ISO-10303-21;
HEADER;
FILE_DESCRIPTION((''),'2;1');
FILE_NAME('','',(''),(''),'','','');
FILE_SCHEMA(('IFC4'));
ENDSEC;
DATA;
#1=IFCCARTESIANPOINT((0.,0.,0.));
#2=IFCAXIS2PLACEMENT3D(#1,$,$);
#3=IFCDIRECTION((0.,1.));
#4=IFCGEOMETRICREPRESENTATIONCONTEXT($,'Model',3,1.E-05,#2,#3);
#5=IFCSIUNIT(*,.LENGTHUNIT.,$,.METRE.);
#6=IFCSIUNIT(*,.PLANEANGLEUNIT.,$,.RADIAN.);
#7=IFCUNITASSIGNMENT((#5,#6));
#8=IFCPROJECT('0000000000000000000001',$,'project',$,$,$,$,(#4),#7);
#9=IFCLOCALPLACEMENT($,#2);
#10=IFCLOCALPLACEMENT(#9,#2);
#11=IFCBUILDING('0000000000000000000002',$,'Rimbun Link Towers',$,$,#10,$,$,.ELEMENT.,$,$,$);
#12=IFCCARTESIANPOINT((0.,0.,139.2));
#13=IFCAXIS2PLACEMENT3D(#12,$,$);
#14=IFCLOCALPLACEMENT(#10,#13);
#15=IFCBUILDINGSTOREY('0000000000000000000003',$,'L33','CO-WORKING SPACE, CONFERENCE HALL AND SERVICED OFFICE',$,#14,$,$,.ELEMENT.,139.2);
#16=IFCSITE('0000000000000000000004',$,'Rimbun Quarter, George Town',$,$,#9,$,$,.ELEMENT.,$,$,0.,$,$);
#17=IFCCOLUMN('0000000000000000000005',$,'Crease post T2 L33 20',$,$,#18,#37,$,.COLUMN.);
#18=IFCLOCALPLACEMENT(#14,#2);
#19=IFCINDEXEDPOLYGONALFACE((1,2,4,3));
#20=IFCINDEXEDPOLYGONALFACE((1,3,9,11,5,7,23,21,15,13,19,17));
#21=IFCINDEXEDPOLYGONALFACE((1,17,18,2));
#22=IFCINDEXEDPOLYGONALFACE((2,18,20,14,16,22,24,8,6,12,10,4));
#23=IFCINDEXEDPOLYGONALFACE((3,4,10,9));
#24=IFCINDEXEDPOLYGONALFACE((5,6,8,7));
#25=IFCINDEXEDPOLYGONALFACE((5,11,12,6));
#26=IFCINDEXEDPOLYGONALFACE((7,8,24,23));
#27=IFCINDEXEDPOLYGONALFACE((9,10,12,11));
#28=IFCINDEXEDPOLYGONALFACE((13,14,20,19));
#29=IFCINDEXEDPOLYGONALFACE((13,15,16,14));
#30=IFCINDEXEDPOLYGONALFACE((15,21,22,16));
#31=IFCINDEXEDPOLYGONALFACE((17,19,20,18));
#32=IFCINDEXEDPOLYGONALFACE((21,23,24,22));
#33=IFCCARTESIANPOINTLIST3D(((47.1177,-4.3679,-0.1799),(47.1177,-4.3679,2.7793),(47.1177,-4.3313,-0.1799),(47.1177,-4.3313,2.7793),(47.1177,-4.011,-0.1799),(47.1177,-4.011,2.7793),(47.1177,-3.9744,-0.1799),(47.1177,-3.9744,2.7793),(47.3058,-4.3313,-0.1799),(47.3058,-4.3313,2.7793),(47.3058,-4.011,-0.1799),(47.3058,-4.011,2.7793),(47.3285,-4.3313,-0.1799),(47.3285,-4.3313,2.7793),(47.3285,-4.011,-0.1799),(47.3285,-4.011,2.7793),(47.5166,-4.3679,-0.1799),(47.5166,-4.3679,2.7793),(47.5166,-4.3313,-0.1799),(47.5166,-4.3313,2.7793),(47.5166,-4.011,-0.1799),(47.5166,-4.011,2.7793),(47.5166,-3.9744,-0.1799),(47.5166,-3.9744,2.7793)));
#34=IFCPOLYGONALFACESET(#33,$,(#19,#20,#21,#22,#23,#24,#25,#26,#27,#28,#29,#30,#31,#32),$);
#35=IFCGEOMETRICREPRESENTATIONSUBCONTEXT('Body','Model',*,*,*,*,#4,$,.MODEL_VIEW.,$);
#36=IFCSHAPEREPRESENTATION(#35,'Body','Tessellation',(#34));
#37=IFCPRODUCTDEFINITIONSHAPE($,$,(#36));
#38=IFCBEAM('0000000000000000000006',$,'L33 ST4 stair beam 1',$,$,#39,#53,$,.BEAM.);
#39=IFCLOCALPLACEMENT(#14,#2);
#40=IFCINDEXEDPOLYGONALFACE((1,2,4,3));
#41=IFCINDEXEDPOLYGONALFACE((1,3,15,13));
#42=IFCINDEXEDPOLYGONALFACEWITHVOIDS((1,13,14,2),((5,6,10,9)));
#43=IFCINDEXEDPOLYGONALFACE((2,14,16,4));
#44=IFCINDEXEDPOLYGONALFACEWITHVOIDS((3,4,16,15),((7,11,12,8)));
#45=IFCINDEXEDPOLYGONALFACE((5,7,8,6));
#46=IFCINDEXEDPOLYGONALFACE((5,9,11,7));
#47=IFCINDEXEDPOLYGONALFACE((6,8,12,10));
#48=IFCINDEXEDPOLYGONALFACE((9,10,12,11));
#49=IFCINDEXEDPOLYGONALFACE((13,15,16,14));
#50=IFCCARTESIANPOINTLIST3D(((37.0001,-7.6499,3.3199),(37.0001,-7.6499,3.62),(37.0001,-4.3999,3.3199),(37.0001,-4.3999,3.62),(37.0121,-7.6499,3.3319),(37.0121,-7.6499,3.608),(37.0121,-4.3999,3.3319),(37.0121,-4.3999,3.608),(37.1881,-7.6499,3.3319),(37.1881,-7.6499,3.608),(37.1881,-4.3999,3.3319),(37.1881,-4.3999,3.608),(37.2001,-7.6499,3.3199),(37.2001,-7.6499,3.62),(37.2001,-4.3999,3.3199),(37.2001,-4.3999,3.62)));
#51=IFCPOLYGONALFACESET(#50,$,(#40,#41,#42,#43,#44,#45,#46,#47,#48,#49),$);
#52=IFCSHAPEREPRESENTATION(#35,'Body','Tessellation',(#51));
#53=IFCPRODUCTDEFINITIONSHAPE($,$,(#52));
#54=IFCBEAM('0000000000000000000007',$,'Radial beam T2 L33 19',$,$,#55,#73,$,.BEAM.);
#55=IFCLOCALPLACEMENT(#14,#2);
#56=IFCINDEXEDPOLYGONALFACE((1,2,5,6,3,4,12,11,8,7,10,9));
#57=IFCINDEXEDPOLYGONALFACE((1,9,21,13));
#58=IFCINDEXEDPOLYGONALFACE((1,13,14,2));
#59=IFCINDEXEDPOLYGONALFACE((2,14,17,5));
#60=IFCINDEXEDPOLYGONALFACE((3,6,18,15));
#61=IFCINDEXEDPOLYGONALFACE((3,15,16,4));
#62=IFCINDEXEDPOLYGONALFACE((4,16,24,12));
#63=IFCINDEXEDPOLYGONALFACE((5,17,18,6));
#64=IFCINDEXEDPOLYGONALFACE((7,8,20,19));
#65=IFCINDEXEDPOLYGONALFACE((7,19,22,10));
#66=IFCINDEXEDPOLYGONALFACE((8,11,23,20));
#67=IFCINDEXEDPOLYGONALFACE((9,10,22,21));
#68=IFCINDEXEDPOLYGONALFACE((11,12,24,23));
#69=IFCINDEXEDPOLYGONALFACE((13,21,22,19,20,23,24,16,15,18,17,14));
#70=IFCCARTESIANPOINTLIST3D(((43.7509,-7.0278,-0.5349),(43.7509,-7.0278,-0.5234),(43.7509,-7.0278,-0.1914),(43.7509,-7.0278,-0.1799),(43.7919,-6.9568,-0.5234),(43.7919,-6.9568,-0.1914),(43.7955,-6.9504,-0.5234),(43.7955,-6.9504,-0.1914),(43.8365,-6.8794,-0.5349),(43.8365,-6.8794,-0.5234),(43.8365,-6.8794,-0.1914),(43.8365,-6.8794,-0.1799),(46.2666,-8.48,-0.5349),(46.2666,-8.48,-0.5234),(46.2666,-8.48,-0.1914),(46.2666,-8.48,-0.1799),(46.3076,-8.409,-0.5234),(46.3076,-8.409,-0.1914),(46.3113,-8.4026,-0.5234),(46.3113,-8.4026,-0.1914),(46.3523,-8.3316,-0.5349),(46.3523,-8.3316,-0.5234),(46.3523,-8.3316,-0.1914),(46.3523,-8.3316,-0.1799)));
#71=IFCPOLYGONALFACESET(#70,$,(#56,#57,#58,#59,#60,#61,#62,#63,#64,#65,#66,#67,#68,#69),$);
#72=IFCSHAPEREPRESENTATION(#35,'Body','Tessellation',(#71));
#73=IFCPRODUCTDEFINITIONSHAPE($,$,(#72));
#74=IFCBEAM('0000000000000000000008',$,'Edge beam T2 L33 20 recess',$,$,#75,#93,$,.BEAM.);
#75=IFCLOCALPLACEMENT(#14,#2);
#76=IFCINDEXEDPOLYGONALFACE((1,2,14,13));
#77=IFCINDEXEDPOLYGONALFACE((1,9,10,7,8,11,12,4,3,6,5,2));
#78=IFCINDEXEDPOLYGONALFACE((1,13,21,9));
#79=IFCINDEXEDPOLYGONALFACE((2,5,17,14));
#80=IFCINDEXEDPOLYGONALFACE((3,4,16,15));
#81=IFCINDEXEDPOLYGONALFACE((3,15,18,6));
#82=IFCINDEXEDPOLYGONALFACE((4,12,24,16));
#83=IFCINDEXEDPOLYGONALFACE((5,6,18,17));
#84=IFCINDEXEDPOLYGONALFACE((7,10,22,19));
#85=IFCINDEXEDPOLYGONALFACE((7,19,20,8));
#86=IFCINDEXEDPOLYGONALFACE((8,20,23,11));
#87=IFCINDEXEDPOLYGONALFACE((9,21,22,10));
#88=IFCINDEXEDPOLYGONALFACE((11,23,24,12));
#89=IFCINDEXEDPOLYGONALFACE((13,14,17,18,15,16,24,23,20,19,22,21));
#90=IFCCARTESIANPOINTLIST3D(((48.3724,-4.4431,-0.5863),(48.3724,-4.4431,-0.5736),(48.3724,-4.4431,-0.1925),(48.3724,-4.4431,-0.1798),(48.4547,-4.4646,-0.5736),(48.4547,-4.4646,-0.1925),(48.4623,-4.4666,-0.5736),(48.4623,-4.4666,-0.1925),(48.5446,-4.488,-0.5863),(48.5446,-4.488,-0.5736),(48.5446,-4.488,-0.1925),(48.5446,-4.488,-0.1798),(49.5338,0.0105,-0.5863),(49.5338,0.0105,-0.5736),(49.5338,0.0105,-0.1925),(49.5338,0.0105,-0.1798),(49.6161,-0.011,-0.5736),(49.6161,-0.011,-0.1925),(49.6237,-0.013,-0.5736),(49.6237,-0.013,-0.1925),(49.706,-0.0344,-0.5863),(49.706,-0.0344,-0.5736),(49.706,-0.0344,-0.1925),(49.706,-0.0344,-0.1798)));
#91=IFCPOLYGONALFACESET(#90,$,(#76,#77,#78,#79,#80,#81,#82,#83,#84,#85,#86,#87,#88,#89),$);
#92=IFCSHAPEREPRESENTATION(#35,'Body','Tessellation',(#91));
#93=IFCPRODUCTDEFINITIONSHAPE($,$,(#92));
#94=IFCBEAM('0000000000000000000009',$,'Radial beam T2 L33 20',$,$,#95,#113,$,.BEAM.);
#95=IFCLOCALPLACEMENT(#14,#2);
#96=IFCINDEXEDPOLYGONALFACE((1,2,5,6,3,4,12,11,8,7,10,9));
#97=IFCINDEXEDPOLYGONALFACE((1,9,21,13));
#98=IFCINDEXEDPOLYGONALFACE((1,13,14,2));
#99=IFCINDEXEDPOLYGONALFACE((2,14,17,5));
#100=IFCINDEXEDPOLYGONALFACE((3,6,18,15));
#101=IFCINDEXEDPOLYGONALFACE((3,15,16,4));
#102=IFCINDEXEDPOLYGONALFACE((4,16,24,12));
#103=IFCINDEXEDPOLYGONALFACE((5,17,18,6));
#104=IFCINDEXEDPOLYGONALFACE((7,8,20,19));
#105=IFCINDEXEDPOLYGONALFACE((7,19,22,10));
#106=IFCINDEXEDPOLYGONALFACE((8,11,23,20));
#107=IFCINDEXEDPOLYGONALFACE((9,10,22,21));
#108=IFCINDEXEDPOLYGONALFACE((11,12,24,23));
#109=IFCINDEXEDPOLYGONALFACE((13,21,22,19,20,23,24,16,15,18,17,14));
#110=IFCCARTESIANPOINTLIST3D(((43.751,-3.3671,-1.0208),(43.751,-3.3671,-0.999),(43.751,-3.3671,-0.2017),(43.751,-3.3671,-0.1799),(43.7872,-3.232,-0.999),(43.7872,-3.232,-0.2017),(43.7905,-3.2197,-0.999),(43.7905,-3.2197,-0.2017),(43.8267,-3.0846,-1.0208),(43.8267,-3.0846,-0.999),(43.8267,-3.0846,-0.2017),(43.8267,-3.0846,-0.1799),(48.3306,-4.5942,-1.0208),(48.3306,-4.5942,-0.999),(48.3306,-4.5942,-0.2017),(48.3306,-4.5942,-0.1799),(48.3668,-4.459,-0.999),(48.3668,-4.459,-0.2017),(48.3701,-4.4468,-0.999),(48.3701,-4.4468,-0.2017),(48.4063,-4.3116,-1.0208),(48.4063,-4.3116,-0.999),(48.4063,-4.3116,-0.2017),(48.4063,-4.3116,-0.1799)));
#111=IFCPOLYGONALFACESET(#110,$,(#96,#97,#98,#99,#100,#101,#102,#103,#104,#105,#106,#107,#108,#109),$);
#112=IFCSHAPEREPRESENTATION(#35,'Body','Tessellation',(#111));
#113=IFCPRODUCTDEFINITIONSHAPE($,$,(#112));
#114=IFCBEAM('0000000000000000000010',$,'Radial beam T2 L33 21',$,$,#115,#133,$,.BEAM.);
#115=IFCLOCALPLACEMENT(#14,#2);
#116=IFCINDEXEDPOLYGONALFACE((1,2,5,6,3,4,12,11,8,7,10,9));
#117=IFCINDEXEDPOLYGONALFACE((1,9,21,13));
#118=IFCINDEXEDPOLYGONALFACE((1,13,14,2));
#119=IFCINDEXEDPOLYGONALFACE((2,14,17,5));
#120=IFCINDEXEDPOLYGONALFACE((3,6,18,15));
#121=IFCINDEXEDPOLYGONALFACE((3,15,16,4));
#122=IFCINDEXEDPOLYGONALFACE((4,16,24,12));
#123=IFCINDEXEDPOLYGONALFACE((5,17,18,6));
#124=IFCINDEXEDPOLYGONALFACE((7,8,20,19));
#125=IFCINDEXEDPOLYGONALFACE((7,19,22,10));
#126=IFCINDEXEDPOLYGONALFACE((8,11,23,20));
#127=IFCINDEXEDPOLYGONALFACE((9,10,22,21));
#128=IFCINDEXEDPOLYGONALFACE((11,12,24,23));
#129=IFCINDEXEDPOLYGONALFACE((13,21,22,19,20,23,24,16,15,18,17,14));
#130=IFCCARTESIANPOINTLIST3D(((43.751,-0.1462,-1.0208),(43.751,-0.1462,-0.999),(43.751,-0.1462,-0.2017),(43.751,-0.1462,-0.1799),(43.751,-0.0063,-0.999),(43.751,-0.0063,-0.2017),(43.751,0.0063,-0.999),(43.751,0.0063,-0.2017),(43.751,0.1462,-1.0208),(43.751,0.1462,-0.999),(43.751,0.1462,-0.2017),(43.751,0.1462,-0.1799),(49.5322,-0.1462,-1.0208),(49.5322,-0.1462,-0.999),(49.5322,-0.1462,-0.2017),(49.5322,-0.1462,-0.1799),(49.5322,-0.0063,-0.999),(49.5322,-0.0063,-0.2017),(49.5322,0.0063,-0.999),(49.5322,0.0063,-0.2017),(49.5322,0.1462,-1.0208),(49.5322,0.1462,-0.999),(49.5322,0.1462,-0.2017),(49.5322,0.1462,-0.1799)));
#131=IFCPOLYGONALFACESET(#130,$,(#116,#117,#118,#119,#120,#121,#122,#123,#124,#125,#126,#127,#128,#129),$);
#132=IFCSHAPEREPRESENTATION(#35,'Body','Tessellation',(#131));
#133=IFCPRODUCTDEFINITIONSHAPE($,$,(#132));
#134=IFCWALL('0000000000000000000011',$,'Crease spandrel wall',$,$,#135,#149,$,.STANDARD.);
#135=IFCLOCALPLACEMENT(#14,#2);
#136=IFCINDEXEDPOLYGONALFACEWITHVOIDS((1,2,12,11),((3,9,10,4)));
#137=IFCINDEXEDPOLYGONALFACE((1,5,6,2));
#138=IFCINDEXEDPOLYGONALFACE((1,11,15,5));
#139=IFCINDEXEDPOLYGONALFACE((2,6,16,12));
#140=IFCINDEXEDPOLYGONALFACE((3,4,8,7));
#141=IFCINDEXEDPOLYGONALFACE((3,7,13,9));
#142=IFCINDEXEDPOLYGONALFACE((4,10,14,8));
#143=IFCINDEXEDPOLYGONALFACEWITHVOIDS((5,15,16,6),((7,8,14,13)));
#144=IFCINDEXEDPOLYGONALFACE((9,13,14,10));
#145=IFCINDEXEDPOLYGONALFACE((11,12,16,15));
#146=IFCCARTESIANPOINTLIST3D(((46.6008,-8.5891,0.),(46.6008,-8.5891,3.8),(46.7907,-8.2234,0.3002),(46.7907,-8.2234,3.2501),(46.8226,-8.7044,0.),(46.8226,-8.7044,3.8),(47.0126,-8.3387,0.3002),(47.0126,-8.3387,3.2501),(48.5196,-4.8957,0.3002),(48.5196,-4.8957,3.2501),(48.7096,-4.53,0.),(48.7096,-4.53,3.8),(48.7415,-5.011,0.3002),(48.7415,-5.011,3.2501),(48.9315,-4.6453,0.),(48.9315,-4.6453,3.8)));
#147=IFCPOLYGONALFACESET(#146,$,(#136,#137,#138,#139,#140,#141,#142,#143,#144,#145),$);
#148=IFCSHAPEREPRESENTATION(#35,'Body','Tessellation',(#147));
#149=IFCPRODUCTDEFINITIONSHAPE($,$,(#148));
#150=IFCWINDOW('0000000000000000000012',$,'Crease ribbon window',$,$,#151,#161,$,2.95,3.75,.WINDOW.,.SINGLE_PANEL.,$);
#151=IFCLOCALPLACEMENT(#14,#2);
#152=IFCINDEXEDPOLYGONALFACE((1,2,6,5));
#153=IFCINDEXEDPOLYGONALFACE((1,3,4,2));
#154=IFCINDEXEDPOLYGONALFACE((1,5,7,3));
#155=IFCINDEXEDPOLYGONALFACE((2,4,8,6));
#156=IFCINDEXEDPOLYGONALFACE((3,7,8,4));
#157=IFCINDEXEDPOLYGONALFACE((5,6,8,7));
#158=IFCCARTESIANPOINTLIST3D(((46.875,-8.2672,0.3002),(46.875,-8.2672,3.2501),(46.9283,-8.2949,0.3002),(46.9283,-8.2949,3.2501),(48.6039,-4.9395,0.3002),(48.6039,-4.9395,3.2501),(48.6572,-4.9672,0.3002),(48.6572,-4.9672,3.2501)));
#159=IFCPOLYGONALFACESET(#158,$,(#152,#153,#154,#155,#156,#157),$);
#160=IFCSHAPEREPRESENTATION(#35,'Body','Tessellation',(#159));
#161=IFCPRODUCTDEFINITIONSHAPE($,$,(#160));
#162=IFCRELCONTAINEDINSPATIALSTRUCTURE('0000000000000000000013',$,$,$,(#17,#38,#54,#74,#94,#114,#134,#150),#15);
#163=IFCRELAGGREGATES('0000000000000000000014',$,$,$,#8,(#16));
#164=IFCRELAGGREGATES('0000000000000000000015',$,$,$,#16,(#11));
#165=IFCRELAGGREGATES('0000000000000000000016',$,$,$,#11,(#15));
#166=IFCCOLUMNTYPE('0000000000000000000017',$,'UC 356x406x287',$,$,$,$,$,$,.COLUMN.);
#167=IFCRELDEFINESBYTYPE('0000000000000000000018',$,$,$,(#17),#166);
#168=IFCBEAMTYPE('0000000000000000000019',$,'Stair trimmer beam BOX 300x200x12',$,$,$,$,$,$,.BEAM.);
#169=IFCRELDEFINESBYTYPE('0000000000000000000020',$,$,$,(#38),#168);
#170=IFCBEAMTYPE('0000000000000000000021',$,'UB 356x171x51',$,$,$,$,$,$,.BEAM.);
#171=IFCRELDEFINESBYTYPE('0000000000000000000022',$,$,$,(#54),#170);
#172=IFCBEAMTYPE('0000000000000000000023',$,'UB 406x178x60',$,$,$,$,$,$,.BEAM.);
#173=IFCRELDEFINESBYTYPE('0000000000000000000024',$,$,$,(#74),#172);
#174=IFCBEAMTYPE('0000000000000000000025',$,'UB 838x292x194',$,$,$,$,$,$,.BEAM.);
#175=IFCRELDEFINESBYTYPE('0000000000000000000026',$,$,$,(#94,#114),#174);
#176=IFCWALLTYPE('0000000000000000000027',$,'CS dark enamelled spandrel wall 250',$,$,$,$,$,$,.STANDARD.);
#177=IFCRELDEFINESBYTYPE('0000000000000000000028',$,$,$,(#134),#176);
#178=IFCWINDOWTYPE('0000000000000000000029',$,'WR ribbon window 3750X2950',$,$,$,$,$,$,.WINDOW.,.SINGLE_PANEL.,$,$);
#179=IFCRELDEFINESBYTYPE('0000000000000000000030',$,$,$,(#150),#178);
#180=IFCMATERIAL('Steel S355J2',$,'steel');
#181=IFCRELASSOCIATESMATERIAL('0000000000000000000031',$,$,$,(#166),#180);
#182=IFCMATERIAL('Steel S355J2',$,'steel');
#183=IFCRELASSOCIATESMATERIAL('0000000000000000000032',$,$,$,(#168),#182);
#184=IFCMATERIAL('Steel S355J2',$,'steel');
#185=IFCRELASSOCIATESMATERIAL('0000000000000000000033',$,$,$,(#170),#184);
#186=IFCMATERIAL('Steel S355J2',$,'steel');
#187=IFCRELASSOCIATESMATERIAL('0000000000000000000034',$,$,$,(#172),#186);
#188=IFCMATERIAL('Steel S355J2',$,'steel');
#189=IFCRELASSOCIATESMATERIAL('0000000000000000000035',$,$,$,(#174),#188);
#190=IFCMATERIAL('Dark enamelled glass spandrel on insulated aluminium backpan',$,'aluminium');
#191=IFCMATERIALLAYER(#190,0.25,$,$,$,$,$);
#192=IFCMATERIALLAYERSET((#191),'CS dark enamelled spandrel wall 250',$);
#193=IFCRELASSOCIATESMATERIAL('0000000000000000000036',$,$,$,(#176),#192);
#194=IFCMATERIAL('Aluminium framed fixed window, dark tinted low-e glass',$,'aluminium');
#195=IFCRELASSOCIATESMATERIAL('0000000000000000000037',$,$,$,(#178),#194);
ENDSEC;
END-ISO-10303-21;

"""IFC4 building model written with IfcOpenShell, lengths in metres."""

from ifc_helpers import new_model, si_unit, direction, frame, frame_2d, origin, origin_2d, place, context, subcontext, project, spatial, rectangle, hollow_rectangle, i_section, extrude, material, layer, layer_set, material_profile, profile_set, type_object, element, fill, save


model = new_model("IFC4")

# Units and contexts
model_context = context("Model", 3, precision=1e-05, world=origin(), true_north=direction((0.0, 1.0)))
body_context = subcontext(model_context, "Body", "Model", "MODEL_VIEW")
ifc_project = project(units=[si_unit("LENGTHUNIT", "METRE"), si_unit("PLANEANGLEUNIT", "RADIAN")], contexts=[model_context])

# Site, building, storey
site_placement = place(None, origin())
site = spatial("IfcSite", under=ifc_project, at=site_placement, Name="Rimbun Quarter, George Town", CompositionType="ELEMENT", RefElevation=0.0)
building_placement = place(site_placement, origin())
building = spatial("IfcBuilding", under=site, at=building_placement, Name="Rimbun Link Towers", CompositionType="ELEMENT")
storey_placement = place(building_placement, frame((0.0, 0.0, 139.2)))
storey = spatial("IfcBuildingStorey", under=building, at=storey_placement, Name="L33", Description="CO-WORKING SPACE, CONFERENCE HALL AND SERVICED OFFICE", CompositionType="ELEMENT", Elevation=139.2)

# Column
ifc_material_1 = material(Name="Steel S355J2", Category="steel")
ifc_material_profile_1 = material_profile(ifc_material_1, i_section(OverallWidth=0.3989, OverallDepth=0.3936, WebThickness=0.0227, FlangeThickness=0.0366, at=origin_2d()), Name="UC 356x406x287")
ifc_profile_set_1 = profile_set([ifc_material_profile_1], Name="Steel S355J2")
column_type = type_object("IfcColumnType", Name="UC 356x406x287", PredefinedType="COLUMN", material=ifc_profile_set_1)
column_placement = place(storey_placement, frame((47.3171, -4.1711, -0.1799), z_axis=(0.0, 0.0, 1.0), x_axis=(1.0, 0.0, 0.0)))
element("IfcColumn", 1, at=column_placement, inside=storey, type_object=column_type, Name="Crease post T2 L33 20", PredefinedType="COLUMN", context=body_context, shape_type="SweptSolid", body=[
    extrude(i_section(OverallWidth=0.3989, OverallDepth=0.3936, WebThickness=0.0227, FlangeThickness=0.0366, at=origin_2d()), origin(), (0.0, 0.0, 1.0), 2.9592),
])

# Beams
ifc_material_2 = material(Name="Steel S355J2", Category="steel")
ifc_material_profile_2 = material_profile(ifc_material_2, hollow_rectangle(XDim=0.2, YDim=0.3, WallThickness=0.012, at=origin_2d()), Name="BOX 300x200x12")
ifc_profile_set_2 = profile_set([ifc_material_profile_2], Name="Steel S355J2")
beam_type_1 = type_object("IfcBeamType", Name="Stair trimmer beam BOX 300x200x12", PredefinedType="BEAM", material=ifc_profile_set_2)
beam_1_placement = place(storey_placement, frame((37.1001, -7.6499, 3.47), z_axis=(0.0, 1.0, 0.0), x_axis=(-1.0, 0.0, 0.0)))
element("IfcBeam", 2, at=beam_1_placement, inside=storey, type_object=beam_type_1, Name="L33 ST4 stair beam 1", PredefinedType="BEAM", context=body_context, shape_type="SweptSolid", body=[
    extrude(hollow_rectangle(XDim=0.2, YDim=0.3, WallThickness=0.012, at=origin_2d()), origin(), (0.0, 0.0, 1.0), 3.25),
])
ifc_material_3 = material(Name="Steel S355J2", Category="steel")
ifc_material_profile_3 = material_profile(ifc_material_3, i_section(OverallWidth=0.1714, OverallDepth=0.355, WebThickness=0.0073, FlangeThickness=0.0115, at=origin_2d()), Name="UB 356x171x51")
ifc_profile_set_3 = profile_set([ifc_material_profile_3], Name="Steel S355J2")
beam_type_2 = type_object("IfcBeamType", Name="UB 356x171x51", PredefinedType="BEAM", material=ifc_profile_set_3)
beam_2_placement = place(storey_placement, frame((43.7937, -6.9536, -0.3574), z_axis=(0.866062, -0.499936, 0.0), x_axis=(0.499936, 0.866062, 0.0)))
element("IfcBeam", 3, at=beam_2_placement, inside=storey, type_object=beam_type_2, Name="Radial beam T2 L33 19", PredefinedType="BEAM", context=body_context, shape_type="SweptSolid", body=[
    extrude(i_section(OverallWidth=0.1714, OverallDepth=0.355, WebThickness=0.0073, FlangeThickness=0.0115, at=origin_2d()), origin(), (0.0, 0.0, 1.0), 2.9048),
])
ifc_material_4 = material(Name="Steel S355J2", Category="steel")
ifc_material_profile_4 = material_profile(ifc_material_4, i_section(OverallWidth=0.178, OverallDepth=0.4065, WebThickness=0.0078, FlangeThickness=0.0127, at=origin_2d()), Name="UB 406x178x60")
ifc_profile_set_4 = profile_set([ifc_material_profile_4], Name="Steel S355J2")
beam_type_3 = type_object("IfcBeamType", Name="UB 406x178x60", PredefinedType="BEAM", material=ifc_profile_set_4)
beam_3_placement = place(storey_placement, frame((48.4585, -4.4656, -0.3831), z_axis=(0.252333, 0.96764, 0.0), x_axis=(-0.96764, 0.252333, 0.0)))
element("IfcBeam", 4, at=beam_3_placement, inside=storey, type_object=beam_type_3, Name="Edge beam T2 L33 20 recess", PredefinedType="BEAM", context=body_context, shape_type="SweptSolid", body=[
    extrude(i_section(OverallWidth=0.178, OverallDepth=0.4065, WebThickness=0.0078, FlangeThickness=0.0127, at=origin_2d()), origin(), (0.0, 0.0, 1.0), 4.6025),
])
ifc_material_5 = material(Name="Steel S355J2", Category="steel")
ifc_material_profile_5 = material_profile(ifc_material_5, i_section(OverallWidth=0.2925, OverallDepth=0.8408, WebThickness=0.0127, FlangeThickness=0.0217, at=origin_2d()), Name="UB 838x292x194")
ifc_profile_set_5 = profile_set([ifc_material_profile_5], Name="Steel S355J2")
beam_type_4 = type_object("IfcBeamType", Name="UB 838x292x194", PredefinedType="BEAM", material=ifc_profile_set_5)
beam_4_placement = place(storey_placement, frame((43.7888, -3.2258, -0.6003), z_axis=(0.965928, -0.25881, 0.0), x_axis=(0.25881, 0.965928, 0.0)))
element("IfcBeam", 5, at=beam_4_placement, inside=storey, type_object=beam_type_4, Name="Radial beam T2 L33 20", PredefinedType="BEAM", context=body_context, shape_type="SweptSolid", body=[
    extrude(i_section(OverallWidth=0.2925, OverallDepth=0.8408, WebThickness=0.0127, FlangeThickness=0.0217, at=origin_2d()), origin(), (0.0, 0.0, 1.0), 4.7412),
])
beam_5_placement = place(storey_placement, frame((43.751, 0.0, -0.6003), z_axis=(1.0, 0.0, 0.0), x_axis=(0.0, 1.0, 0.0)))
element("IfcBeam", 6, at=beam_5_placement, inside=storey, type_object=beam_type_4, Name="Radial beam T2 L33 21", PredefinedType="BEAM", context=body_context, shape_type="SweptSolid", body=[
    extrude(i_section(OverallWidth=0.2925, OverallDepth=0.8408, WebThickness=0.0127, FlangeThickness=0.0217, at=origin_2d()), origin(), (0.0, 0.0, 1.0), 5.7812),
])

# Wall, opening, window
ifc_material_6 = material(Name="Dark enamelled glass spandrel on insulated aluminium backpan", Category="aluminium")
ifc_layer_1 = layer(ifc_material_6, 0.25)
ifc_layer_set_1 = layer_set([ifc_layer_1], Name="CS dark enamelled spandrel wall 250")
wall_type_1 = type_object("IfcWallType", Name="CS dark enamelled spandrel wall 250", PredefinedType="STANDARD", material=ifc_layer_set_1)
wall_1_placement = place(storey_placement, frame((48.8206, -4.5876, 0.0), z_axis=(0.0, 0.0, 1.0), x_axis=(-0.461037, -0.887381, 0.0)))
wall_1 = element("IfcWall", 7, at=wall_1_placement, inside=storey, type_object=wall_type_1, Name="Crease spandrel wall", PredefinedType="STANDARD", context=body_context, shape_type="SweptSolid", body=[
    extrude(rectangle(XDim=4.5742, YDim=0.25, at=frame_2d((2.2871, 0.0))), origin(), (0.0, 0.0, 1.0), 3.8),
])
opening_1_placement = place(wall_1_placement, frame((0.4121, 0.0, 0.3)))
opening_1 = element("IfcOpeningElement", 8, at=opening_1_placement, cuts=wall_1, PredefinedType="OPENING", context=body_context, shape_type="SweptSolid", body=[
    extrude(rectangle(XDim=3.75, YDim=2.95, at=frame_2d((1.875, 1.4751))), frame((0.0, 0.135, 0.0), z_axis=(0.0, -1.0, 0.0), x_axis=(1.0, 0.0, 0.0)), (0.0, 0.0, 1.0), 0.27),
])
ifc_material_7 = material(Name="Aluminium framed fixed window, dark tinted low-e glass", Category="aluminium")
window_type_1 = type_object("IfcWindowType", Name="WR ribbon window 3750X2950", PartitioningType="SINGLE_PANEL", PredefinedType="WINDOW", material=ifc_material_7)
window_1_placement = place(opening_1_placement, origin())
window_1 = element("IfcWindow", 9, at=window_1_placement, inside=storey, type_object=window_type_1, Name="Crease ribbon window", OverallHeight=2.95, OverallWidth=3.75, PartitioningType="SINGLE_PANEL", PredefinedType="WINDOW", context=body_context, shape_type="SweptSolid", body=[
    extrude(rectangle(XDim=3.75, YDim=2.95, at=frame_2d((1.875, 1.4751))), frame((0.0, 0.03, 0.0), z_axis=(0.0, -1.0, 0.0), x_axis=(1.0, 0.0, 0.0)), (0.0, 0.0, 1.0), 0.0601),
])
fill(opening_1, window_1)

save(model, "model.ifc")
